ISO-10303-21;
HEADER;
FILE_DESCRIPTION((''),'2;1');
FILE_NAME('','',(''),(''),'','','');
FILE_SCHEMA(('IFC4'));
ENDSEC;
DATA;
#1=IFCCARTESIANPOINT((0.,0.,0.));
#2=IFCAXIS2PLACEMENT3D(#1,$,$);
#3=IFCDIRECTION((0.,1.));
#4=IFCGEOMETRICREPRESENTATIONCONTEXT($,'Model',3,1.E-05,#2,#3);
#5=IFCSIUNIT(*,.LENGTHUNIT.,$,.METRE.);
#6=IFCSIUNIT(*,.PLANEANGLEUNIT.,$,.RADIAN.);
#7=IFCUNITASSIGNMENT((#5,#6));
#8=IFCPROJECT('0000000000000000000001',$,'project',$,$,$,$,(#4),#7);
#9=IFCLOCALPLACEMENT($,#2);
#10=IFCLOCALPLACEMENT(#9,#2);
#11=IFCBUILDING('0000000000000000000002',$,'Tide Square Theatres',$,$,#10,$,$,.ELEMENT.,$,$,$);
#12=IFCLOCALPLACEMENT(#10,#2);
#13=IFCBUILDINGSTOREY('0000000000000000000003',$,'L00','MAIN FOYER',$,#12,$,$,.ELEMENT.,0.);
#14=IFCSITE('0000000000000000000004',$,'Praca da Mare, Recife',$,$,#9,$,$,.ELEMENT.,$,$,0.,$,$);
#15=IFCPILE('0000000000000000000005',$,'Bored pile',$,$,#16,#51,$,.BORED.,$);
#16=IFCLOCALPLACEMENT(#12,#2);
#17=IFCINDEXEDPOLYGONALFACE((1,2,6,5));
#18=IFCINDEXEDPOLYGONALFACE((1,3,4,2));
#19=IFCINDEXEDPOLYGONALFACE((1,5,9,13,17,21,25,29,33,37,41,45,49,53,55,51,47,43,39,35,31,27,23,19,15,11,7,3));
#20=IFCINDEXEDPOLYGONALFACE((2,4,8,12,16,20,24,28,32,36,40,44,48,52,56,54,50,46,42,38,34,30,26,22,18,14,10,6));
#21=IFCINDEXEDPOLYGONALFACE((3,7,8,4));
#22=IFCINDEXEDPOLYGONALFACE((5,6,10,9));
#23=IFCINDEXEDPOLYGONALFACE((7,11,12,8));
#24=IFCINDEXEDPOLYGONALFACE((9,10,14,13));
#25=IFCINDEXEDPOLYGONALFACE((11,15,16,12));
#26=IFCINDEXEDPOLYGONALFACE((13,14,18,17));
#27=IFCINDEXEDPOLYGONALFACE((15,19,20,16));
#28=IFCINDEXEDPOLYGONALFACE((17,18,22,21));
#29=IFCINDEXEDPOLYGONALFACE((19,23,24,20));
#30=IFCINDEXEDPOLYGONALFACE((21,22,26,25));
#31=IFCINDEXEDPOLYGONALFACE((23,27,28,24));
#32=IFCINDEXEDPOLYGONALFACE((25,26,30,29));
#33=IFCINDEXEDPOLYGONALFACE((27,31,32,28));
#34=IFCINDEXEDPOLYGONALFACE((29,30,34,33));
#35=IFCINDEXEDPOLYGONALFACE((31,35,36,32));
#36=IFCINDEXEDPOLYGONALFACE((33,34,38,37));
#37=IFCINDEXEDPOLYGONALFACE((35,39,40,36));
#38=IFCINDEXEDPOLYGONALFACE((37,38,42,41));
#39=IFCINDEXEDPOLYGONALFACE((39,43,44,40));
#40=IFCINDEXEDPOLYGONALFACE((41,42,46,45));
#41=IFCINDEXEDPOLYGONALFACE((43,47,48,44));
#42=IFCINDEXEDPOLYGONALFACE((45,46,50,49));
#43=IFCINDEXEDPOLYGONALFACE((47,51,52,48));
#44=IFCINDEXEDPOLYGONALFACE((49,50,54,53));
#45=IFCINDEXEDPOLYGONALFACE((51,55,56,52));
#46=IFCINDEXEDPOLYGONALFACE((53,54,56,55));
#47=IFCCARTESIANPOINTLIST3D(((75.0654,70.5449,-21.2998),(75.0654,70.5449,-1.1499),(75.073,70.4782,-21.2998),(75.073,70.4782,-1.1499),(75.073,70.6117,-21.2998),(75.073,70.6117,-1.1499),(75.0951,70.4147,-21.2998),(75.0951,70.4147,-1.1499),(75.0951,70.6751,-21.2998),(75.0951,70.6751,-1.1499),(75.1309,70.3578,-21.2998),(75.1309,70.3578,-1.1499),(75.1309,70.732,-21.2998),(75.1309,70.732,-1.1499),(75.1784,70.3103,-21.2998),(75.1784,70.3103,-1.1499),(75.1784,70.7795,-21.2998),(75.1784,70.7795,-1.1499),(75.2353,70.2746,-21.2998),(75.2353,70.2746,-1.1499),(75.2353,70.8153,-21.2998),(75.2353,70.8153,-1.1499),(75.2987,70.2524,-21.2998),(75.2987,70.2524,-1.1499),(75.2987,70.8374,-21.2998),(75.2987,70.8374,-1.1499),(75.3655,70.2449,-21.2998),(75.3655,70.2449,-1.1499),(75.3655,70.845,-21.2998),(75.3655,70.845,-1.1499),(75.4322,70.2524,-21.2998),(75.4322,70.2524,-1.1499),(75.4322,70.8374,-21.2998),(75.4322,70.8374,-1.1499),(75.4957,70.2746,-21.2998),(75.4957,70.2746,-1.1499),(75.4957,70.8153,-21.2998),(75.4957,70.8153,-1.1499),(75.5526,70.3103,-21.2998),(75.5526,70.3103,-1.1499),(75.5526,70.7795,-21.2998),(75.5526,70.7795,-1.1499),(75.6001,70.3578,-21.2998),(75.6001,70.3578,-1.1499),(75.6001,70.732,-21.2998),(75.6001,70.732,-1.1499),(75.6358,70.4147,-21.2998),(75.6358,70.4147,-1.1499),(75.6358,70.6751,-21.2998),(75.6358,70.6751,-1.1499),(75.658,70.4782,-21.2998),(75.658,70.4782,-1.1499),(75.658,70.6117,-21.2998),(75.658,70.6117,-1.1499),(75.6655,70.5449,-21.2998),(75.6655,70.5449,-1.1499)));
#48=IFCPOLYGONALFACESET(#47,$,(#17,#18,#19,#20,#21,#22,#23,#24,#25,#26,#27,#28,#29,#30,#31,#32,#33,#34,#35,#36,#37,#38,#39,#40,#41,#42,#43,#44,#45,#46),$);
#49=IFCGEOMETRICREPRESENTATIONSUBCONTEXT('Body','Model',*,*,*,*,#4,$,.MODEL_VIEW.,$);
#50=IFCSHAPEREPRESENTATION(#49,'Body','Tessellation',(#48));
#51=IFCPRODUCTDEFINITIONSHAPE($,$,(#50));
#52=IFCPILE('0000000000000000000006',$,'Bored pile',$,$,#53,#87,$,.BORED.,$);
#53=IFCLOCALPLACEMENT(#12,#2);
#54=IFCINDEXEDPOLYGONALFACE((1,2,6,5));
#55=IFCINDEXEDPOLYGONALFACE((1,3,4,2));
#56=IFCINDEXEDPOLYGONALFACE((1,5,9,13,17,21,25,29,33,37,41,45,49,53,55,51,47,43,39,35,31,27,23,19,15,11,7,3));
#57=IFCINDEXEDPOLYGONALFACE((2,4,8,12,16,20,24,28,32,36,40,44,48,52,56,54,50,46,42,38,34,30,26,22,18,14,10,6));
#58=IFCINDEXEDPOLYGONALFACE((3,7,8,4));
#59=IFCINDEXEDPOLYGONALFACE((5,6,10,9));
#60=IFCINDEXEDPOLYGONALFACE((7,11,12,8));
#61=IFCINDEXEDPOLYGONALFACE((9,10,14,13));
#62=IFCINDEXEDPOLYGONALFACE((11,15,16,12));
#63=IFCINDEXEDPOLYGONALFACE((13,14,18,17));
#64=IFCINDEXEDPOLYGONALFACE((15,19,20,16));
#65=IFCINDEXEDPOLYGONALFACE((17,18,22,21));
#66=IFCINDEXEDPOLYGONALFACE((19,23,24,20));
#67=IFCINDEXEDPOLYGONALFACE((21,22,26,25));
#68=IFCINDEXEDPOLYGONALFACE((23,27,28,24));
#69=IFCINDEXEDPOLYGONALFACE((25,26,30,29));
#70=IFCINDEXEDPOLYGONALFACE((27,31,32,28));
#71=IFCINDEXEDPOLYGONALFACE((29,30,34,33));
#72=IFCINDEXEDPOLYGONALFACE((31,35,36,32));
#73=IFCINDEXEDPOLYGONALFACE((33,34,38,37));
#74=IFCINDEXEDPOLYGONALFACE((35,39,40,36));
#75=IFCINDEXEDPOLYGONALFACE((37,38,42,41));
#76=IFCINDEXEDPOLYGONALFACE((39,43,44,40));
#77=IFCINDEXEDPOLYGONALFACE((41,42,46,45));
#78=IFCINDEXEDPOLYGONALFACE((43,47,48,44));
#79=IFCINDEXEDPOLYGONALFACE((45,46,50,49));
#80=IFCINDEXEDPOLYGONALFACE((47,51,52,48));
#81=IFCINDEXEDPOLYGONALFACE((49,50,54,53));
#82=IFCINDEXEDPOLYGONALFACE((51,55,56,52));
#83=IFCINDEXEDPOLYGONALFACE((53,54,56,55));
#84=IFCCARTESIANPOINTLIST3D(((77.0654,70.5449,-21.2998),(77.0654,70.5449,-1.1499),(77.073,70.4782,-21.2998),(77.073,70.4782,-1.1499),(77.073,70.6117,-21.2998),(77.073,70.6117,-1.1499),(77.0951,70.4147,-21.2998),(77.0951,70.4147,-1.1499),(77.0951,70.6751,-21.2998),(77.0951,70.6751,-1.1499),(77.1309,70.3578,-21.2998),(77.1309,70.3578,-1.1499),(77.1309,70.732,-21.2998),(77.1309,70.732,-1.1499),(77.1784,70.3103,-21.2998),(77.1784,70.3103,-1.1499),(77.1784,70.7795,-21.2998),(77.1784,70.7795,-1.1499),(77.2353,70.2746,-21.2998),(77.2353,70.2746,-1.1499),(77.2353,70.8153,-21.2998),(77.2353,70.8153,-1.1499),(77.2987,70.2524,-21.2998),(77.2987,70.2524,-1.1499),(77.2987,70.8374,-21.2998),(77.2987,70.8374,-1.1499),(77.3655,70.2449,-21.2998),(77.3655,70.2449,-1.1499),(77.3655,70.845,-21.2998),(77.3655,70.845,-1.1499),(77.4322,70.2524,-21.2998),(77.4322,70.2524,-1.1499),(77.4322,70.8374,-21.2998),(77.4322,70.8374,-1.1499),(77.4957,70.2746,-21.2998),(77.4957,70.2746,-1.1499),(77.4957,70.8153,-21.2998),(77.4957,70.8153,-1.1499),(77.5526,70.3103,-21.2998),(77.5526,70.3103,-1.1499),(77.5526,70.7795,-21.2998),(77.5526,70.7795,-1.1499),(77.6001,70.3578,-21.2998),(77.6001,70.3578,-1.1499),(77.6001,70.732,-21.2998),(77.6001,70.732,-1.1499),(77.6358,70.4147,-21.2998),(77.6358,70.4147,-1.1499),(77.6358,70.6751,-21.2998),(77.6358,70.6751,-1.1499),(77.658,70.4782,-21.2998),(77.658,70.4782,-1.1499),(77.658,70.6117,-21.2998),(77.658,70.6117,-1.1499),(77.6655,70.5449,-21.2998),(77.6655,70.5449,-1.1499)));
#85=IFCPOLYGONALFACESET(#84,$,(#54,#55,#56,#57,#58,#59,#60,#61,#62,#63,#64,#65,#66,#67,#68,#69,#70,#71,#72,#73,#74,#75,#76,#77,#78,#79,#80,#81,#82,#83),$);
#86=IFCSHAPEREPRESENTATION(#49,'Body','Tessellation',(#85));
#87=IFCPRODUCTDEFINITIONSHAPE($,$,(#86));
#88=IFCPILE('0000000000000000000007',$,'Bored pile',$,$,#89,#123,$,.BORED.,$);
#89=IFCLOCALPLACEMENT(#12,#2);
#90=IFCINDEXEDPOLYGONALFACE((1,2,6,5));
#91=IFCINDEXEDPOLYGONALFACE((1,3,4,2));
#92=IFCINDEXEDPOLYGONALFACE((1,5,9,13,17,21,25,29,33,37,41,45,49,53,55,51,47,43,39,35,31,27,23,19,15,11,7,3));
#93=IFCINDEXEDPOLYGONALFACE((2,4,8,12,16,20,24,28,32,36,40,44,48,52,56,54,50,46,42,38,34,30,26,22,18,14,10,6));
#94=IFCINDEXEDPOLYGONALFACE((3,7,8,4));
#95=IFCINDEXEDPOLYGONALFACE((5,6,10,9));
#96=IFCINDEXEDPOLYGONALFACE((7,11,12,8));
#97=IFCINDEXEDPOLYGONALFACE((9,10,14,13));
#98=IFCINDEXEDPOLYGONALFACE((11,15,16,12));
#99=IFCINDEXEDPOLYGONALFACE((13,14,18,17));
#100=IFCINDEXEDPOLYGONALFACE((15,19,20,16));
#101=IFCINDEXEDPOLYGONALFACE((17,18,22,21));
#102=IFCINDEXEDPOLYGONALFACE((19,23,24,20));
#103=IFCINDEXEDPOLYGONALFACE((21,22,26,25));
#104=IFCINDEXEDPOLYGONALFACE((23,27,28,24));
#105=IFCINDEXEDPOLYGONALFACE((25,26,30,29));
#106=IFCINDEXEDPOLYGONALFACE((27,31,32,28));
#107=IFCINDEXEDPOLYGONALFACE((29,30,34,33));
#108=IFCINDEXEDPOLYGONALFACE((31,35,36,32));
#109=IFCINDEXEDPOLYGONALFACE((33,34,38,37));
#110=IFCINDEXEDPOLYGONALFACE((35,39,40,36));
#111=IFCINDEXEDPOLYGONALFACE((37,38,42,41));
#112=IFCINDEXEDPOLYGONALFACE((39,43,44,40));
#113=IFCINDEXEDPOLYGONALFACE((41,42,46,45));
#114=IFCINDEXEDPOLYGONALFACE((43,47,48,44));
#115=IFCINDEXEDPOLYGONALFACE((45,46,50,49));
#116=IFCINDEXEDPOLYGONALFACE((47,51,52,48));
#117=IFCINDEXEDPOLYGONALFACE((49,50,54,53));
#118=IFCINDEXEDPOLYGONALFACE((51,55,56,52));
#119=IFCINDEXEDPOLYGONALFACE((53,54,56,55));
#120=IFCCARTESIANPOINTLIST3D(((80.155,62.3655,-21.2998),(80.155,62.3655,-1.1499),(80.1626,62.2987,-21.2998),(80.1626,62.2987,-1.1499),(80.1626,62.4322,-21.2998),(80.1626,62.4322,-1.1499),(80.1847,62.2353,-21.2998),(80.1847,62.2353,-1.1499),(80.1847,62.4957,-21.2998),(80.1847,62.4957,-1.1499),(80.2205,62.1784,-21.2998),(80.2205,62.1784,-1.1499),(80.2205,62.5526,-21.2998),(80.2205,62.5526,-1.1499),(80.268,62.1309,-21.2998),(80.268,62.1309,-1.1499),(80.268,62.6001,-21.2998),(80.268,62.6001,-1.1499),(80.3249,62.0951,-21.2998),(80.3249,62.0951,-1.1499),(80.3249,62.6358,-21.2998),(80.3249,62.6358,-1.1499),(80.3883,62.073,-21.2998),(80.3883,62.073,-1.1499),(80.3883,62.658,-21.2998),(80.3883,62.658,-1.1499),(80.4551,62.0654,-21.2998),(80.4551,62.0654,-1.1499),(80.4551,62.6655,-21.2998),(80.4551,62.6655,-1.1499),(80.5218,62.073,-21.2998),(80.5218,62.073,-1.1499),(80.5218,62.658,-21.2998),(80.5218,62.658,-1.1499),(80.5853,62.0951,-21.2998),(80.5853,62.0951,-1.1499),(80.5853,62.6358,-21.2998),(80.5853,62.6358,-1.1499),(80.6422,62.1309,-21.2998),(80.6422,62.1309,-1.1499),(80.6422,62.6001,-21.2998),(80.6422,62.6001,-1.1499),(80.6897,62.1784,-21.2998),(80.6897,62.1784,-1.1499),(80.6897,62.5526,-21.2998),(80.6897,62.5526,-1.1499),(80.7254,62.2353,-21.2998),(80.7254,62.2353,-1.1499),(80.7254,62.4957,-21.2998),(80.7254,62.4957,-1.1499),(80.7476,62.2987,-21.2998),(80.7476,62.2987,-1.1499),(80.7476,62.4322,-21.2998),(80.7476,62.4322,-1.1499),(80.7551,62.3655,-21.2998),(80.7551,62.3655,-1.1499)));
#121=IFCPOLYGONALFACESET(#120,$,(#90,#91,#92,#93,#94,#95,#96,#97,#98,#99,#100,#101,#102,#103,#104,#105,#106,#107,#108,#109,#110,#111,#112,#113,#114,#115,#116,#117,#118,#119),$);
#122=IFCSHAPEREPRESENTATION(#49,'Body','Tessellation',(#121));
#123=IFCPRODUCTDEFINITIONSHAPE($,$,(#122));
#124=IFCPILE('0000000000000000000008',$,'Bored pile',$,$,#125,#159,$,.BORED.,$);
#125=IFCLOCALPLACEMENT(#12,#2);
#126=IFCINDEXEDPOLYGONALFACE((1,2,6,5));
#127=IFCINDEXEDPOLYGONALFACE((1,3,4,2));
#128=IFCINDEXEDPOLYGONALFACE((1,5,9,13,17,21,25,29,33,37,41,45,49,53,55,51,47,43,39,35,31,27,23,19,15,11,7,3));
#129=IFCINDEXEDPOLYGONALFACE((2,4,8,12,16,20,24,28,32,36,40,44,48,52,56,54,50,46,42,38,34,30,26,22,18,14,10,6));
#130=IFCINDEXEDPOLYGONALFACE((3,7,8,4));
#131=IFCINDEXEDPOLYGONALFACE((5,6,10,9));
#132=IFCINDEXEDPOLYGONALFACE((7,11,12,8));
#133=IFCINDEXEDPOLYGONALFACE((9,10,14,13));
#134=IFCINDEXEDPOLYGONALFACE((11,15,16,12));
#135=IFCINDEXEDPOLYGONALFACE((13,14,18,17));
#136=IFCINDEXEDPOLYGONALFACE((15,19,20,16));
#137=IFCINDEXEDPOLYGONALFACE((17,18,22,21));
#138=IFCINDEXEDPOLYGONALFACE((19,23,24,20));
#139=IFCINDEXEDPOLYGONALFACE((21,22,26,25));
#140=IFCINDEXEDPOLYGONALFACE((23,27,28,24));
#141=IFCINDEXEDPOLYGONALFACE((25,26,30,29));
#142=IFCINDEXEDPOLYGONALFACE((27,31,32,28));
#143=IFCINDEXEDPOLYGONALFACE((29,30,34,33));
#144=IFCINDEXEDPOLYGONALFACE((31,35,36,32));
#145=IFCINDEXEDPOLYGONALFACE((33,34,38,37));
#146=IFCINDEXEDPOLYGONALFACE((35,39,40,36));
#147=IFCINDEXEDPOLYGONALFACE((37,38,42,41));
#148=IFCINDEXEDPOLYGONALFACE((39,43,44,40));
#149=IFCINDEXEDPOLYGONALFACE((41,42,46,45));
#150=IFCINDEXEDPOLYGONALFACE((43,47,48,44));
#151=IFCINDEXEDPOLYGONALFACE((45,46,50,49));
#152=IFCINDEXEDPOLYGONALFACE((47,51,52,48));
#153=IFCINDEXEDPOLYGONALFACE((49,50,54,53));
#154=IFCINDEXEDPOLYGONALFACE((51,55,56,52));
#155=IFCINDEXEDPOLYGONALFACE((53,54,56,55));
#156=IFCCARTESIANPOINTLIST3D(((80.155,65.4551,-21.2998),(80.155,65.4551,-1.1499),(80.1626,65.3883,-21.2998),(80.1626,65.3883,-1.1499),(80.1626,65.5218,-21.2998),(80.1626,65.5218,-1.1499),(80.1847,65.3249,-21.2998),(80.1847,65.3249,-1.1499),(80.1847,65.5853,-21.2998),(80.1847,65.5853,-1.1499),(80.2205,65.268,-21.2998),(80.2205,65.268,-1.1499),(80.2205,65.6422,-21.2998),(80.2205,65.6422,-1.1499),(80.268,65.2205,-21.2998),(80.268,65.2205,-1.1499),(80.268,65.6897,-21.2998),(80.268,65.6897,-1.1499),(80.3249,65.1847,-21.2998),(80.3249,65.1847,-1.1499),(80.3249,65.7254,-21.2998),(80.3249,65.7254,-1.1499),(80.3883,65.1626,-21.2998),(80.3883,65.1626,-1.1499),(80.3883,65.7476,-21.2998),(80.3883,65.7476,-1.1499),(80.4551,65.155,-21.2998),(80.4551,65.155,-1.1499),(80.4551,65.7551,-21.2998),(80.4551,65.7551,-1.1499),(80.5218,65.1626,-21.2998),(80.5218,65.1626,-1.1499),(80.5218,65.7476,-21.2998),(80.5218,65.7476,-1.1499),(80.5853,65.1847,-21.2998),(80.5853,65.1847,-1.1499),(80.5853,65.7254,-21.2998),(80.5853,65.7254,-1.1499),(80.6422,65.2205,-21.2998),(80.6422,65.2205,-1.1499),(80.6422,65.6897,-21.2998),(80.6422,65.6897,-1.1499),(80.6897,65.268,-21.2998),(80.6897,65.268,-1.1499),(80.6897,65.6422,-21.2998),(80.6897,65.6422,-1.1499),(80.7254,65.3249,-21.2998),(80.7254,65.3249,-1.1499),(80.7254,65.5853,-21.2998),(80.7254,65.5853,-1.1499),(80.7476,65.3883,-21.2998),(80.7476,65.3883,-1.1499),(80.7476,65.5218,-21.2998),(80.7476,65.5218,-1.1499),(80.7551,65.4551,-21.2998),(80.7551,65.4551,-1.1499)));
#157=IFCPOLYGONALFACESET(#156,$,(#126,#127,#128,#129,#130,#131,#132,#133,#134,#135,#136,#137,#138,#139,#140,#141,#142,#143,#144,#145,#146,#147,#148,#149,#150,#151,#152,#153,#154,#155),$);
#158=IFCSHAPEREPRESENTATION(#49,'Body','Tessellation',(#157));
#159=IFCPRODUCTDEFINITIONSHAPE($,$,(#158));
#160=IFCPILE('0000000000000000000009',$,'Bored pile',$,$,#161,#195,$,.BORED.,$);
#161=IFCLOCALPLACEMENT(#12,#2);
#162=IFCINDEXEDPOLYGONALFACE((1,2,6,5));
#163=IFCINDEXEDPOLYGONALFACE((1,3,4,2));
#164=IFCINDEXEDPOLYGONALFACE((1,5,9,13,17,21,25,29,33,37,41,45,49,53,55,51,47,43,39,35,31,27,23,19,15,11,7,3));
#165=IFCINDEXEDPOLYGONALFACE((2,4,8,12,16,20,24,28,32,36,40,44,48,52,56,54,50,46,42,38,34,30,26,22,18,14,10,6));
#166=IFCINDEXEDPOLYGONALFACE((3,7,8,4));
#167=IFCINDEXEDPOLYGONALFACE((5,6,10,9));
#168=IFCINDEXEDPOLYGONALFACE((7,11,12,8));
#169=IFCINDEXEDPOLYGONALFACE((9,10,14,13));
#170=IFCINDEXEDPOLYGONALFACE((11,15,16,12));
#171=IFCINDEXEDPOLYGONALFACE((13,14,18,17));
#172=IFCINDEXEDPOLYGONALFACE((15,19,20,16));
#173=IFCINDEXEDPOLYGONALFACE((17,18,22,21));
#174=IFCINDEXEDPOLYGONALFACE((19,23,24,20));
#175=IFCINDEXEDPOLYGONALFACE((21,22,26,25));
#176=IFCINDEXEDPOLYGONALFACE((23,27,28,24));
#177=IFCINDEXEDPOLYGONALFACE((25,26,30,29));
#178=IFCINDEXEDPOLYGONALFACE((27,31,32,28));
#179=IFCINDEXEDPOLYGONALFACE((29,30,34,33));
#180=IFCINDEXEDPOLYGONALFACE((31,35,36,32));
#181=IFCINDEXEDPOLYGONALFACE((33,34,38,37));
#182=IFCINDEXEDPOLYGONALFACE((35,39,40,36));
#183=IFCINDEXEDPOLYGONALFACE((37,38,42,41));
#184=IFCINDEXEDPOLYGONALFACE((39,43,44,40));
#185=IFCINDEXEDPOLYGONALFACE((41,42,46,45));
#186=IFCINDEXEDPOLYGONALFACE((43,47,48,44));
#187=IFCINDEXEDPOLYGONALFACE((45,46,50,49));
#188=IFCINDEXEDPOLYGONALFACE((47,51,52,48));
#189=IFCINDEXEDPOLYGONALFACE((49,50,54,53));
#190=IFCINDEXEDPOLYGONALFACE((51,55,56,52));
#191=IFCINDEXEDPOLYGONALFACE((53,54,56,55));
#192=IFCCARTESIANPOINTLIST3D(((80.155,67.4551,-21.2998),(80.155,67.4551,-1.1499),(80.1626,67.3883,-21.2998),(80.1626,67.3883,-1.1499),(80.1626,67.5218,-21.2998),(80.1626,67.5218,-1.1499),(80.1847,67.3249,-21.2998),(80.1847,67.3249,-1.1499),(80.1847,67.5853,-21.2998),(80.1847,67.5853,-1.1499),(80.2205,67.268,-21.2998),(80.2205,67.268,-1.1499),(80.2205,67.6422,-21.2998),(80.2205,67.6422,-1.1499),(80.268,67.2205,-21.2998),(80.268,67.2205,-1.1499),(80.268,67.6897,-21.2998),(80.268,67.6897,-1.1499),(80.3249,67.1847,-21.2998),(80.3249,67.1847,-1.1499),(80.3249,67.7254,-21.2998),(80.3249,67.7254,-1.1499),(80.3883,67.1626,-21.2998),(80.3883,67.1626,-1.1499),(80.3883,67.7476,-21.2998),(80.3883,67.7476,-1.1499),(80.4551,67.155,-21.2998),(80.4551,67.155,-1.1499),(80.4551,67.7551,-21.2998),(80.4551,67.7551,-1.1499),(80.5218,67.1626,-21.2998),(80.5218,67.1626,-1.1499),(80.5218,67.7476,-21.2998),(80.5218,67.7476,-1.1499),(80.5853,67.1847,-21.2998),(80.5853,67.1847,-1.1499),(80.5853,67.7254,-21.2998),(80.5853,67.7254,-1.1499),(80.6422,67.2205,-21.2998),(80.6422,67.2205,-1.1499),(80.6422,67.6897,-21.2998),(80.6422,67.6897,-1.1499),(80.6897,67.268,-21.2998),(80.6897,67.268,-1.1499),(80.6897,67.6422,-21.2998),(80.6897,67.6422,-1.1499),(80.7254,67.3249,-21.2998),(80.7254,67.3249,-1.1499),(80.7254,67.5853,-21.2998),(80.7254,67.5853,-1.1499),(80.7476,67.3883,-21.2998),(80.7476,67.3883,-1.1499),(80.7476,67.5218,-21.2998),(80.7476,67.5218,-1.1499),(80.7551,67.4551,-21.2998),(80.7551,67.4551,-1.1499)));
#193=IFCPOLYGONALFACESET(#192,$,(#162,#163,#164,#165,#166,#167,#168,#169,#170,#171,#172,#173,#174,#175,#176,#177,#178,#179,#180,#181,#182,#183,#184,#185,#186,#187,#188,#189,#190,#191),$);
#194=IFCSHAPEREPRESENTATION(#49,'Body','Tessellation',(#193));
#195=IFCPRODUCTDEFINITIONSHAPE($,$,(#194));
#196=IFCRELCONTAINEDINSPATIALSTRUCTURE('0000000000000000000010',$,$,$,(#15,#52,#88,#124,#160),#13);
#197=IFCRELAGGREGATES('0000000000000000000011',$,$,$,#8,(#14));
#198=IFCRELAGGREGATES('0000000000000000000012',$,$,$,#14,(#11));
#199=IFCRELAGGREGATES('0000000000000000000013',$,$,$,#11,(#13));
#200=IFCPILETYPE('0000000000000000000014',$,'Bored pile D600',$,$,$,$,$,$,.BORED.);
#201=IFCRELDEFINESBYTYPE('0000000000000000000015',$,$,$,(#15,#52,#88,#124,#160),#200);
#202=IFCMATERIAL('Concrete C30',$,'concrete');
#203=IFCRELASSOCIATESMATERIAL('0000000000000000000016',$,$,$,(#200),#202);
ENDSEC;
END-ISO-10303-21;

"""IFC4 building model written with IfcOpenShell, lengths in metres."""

from ifc_helpers import new_model, si_unit, direction, frame, origin, origin_2d, place, context, subcontext, project, spatial, circle, extrude, material, material_profile, profile_set, type_object, element, save


model = new_model("IFC4")

# Units and contexts
model_context = context("Model", 3, precision=1e-05, world=origin(), true_north=direction((0.0, 1.0)))
body_context = subcontext(model_context, "Body", "Model", "MODEL_VIEW")
ifc_project = project(units=[si_unit("LENGTHUNIT", "METRE"), si_unit("PLANEANGLEUNIT", "RADIAN")], contexts=[model_context])

# Site, building, storey
site_placement = place(None, origin())
site = spatial("IfcSite", under=ifc_project, at=site_placement, Name="Praca da Mare, Recife", CompositionType="ELEMENT", RefElevation=0.0)
building_placement = place(site_placement, origin())
building = spatial("IfcBuilding", under=site, at=building_placement, Name="Tide Square Theatres", CompositionType="ELEMENT")
storey_placement = place(building_placement, origin())
storey = spatial("IfcBuildingStorey", under=building, at=storey_placement, Name="L00", Description="MAIN FOYER", CompositionType="ELEMENT", Elevation=0.0)

# Piles
ifc_material_1 = material(Name="Concrete C30", Category="concrete")
ifc_material_profile_1 = material_profile(ifc_material_1, circle(Radius=0.3, at=origin_2d()))
ifc_profile_set_1 = profile_set([ifc_material_profile_1], Name="Concrete C30")
pile_type = type_object("IfcPileType", Name="Bored pile D600", PredefinedType="BORED", material=ifc_profile_set_1)
for number, where, z_axis, x_axis, name in (
    (1, (75.3655, 70.5449, -1.1499), (0.0, 0.0, -1.0), (1.0, 0.0, 0.0), "Bored pile"),
    (2, (77.3655, 70.5449, -1.1499), (0.0, 0.0, -1.0), (1.0, 0.0, 0.0), "Bored pile"),
    (3, (80.4551, 62.3655, -1.1499), (0.0, 0.0, -1.0), (1.0, 0.0, 0.0), "Bored pile"),
    (4, (80.4551, 65.4551, -1.1499), (0.0, 0.0, -1.0), (1.0, 0.0, 0.0), "Bored pile"),
    (5, (80.4551, 67.4551, -1.1499), (0.0, 0.0, -1.0), (1.0, 0.0, 0.0), "Bored pile"),
):
    element("IfcPile", number, at=place(storey_placement, frame(where, z_axis=z_axis, x_axis=x_axis)), inside=storey, type_object=pile_type, Name=name, PredefinedType="BORED", context=body_context, shape_type="SweptSolid", body=[
        extrude(circle(Radius=0.3, at=origin_2d()), origin(), (0.0, 0.0, 1.0), 20.1499),
    ])

save(model, "model.ifc")
